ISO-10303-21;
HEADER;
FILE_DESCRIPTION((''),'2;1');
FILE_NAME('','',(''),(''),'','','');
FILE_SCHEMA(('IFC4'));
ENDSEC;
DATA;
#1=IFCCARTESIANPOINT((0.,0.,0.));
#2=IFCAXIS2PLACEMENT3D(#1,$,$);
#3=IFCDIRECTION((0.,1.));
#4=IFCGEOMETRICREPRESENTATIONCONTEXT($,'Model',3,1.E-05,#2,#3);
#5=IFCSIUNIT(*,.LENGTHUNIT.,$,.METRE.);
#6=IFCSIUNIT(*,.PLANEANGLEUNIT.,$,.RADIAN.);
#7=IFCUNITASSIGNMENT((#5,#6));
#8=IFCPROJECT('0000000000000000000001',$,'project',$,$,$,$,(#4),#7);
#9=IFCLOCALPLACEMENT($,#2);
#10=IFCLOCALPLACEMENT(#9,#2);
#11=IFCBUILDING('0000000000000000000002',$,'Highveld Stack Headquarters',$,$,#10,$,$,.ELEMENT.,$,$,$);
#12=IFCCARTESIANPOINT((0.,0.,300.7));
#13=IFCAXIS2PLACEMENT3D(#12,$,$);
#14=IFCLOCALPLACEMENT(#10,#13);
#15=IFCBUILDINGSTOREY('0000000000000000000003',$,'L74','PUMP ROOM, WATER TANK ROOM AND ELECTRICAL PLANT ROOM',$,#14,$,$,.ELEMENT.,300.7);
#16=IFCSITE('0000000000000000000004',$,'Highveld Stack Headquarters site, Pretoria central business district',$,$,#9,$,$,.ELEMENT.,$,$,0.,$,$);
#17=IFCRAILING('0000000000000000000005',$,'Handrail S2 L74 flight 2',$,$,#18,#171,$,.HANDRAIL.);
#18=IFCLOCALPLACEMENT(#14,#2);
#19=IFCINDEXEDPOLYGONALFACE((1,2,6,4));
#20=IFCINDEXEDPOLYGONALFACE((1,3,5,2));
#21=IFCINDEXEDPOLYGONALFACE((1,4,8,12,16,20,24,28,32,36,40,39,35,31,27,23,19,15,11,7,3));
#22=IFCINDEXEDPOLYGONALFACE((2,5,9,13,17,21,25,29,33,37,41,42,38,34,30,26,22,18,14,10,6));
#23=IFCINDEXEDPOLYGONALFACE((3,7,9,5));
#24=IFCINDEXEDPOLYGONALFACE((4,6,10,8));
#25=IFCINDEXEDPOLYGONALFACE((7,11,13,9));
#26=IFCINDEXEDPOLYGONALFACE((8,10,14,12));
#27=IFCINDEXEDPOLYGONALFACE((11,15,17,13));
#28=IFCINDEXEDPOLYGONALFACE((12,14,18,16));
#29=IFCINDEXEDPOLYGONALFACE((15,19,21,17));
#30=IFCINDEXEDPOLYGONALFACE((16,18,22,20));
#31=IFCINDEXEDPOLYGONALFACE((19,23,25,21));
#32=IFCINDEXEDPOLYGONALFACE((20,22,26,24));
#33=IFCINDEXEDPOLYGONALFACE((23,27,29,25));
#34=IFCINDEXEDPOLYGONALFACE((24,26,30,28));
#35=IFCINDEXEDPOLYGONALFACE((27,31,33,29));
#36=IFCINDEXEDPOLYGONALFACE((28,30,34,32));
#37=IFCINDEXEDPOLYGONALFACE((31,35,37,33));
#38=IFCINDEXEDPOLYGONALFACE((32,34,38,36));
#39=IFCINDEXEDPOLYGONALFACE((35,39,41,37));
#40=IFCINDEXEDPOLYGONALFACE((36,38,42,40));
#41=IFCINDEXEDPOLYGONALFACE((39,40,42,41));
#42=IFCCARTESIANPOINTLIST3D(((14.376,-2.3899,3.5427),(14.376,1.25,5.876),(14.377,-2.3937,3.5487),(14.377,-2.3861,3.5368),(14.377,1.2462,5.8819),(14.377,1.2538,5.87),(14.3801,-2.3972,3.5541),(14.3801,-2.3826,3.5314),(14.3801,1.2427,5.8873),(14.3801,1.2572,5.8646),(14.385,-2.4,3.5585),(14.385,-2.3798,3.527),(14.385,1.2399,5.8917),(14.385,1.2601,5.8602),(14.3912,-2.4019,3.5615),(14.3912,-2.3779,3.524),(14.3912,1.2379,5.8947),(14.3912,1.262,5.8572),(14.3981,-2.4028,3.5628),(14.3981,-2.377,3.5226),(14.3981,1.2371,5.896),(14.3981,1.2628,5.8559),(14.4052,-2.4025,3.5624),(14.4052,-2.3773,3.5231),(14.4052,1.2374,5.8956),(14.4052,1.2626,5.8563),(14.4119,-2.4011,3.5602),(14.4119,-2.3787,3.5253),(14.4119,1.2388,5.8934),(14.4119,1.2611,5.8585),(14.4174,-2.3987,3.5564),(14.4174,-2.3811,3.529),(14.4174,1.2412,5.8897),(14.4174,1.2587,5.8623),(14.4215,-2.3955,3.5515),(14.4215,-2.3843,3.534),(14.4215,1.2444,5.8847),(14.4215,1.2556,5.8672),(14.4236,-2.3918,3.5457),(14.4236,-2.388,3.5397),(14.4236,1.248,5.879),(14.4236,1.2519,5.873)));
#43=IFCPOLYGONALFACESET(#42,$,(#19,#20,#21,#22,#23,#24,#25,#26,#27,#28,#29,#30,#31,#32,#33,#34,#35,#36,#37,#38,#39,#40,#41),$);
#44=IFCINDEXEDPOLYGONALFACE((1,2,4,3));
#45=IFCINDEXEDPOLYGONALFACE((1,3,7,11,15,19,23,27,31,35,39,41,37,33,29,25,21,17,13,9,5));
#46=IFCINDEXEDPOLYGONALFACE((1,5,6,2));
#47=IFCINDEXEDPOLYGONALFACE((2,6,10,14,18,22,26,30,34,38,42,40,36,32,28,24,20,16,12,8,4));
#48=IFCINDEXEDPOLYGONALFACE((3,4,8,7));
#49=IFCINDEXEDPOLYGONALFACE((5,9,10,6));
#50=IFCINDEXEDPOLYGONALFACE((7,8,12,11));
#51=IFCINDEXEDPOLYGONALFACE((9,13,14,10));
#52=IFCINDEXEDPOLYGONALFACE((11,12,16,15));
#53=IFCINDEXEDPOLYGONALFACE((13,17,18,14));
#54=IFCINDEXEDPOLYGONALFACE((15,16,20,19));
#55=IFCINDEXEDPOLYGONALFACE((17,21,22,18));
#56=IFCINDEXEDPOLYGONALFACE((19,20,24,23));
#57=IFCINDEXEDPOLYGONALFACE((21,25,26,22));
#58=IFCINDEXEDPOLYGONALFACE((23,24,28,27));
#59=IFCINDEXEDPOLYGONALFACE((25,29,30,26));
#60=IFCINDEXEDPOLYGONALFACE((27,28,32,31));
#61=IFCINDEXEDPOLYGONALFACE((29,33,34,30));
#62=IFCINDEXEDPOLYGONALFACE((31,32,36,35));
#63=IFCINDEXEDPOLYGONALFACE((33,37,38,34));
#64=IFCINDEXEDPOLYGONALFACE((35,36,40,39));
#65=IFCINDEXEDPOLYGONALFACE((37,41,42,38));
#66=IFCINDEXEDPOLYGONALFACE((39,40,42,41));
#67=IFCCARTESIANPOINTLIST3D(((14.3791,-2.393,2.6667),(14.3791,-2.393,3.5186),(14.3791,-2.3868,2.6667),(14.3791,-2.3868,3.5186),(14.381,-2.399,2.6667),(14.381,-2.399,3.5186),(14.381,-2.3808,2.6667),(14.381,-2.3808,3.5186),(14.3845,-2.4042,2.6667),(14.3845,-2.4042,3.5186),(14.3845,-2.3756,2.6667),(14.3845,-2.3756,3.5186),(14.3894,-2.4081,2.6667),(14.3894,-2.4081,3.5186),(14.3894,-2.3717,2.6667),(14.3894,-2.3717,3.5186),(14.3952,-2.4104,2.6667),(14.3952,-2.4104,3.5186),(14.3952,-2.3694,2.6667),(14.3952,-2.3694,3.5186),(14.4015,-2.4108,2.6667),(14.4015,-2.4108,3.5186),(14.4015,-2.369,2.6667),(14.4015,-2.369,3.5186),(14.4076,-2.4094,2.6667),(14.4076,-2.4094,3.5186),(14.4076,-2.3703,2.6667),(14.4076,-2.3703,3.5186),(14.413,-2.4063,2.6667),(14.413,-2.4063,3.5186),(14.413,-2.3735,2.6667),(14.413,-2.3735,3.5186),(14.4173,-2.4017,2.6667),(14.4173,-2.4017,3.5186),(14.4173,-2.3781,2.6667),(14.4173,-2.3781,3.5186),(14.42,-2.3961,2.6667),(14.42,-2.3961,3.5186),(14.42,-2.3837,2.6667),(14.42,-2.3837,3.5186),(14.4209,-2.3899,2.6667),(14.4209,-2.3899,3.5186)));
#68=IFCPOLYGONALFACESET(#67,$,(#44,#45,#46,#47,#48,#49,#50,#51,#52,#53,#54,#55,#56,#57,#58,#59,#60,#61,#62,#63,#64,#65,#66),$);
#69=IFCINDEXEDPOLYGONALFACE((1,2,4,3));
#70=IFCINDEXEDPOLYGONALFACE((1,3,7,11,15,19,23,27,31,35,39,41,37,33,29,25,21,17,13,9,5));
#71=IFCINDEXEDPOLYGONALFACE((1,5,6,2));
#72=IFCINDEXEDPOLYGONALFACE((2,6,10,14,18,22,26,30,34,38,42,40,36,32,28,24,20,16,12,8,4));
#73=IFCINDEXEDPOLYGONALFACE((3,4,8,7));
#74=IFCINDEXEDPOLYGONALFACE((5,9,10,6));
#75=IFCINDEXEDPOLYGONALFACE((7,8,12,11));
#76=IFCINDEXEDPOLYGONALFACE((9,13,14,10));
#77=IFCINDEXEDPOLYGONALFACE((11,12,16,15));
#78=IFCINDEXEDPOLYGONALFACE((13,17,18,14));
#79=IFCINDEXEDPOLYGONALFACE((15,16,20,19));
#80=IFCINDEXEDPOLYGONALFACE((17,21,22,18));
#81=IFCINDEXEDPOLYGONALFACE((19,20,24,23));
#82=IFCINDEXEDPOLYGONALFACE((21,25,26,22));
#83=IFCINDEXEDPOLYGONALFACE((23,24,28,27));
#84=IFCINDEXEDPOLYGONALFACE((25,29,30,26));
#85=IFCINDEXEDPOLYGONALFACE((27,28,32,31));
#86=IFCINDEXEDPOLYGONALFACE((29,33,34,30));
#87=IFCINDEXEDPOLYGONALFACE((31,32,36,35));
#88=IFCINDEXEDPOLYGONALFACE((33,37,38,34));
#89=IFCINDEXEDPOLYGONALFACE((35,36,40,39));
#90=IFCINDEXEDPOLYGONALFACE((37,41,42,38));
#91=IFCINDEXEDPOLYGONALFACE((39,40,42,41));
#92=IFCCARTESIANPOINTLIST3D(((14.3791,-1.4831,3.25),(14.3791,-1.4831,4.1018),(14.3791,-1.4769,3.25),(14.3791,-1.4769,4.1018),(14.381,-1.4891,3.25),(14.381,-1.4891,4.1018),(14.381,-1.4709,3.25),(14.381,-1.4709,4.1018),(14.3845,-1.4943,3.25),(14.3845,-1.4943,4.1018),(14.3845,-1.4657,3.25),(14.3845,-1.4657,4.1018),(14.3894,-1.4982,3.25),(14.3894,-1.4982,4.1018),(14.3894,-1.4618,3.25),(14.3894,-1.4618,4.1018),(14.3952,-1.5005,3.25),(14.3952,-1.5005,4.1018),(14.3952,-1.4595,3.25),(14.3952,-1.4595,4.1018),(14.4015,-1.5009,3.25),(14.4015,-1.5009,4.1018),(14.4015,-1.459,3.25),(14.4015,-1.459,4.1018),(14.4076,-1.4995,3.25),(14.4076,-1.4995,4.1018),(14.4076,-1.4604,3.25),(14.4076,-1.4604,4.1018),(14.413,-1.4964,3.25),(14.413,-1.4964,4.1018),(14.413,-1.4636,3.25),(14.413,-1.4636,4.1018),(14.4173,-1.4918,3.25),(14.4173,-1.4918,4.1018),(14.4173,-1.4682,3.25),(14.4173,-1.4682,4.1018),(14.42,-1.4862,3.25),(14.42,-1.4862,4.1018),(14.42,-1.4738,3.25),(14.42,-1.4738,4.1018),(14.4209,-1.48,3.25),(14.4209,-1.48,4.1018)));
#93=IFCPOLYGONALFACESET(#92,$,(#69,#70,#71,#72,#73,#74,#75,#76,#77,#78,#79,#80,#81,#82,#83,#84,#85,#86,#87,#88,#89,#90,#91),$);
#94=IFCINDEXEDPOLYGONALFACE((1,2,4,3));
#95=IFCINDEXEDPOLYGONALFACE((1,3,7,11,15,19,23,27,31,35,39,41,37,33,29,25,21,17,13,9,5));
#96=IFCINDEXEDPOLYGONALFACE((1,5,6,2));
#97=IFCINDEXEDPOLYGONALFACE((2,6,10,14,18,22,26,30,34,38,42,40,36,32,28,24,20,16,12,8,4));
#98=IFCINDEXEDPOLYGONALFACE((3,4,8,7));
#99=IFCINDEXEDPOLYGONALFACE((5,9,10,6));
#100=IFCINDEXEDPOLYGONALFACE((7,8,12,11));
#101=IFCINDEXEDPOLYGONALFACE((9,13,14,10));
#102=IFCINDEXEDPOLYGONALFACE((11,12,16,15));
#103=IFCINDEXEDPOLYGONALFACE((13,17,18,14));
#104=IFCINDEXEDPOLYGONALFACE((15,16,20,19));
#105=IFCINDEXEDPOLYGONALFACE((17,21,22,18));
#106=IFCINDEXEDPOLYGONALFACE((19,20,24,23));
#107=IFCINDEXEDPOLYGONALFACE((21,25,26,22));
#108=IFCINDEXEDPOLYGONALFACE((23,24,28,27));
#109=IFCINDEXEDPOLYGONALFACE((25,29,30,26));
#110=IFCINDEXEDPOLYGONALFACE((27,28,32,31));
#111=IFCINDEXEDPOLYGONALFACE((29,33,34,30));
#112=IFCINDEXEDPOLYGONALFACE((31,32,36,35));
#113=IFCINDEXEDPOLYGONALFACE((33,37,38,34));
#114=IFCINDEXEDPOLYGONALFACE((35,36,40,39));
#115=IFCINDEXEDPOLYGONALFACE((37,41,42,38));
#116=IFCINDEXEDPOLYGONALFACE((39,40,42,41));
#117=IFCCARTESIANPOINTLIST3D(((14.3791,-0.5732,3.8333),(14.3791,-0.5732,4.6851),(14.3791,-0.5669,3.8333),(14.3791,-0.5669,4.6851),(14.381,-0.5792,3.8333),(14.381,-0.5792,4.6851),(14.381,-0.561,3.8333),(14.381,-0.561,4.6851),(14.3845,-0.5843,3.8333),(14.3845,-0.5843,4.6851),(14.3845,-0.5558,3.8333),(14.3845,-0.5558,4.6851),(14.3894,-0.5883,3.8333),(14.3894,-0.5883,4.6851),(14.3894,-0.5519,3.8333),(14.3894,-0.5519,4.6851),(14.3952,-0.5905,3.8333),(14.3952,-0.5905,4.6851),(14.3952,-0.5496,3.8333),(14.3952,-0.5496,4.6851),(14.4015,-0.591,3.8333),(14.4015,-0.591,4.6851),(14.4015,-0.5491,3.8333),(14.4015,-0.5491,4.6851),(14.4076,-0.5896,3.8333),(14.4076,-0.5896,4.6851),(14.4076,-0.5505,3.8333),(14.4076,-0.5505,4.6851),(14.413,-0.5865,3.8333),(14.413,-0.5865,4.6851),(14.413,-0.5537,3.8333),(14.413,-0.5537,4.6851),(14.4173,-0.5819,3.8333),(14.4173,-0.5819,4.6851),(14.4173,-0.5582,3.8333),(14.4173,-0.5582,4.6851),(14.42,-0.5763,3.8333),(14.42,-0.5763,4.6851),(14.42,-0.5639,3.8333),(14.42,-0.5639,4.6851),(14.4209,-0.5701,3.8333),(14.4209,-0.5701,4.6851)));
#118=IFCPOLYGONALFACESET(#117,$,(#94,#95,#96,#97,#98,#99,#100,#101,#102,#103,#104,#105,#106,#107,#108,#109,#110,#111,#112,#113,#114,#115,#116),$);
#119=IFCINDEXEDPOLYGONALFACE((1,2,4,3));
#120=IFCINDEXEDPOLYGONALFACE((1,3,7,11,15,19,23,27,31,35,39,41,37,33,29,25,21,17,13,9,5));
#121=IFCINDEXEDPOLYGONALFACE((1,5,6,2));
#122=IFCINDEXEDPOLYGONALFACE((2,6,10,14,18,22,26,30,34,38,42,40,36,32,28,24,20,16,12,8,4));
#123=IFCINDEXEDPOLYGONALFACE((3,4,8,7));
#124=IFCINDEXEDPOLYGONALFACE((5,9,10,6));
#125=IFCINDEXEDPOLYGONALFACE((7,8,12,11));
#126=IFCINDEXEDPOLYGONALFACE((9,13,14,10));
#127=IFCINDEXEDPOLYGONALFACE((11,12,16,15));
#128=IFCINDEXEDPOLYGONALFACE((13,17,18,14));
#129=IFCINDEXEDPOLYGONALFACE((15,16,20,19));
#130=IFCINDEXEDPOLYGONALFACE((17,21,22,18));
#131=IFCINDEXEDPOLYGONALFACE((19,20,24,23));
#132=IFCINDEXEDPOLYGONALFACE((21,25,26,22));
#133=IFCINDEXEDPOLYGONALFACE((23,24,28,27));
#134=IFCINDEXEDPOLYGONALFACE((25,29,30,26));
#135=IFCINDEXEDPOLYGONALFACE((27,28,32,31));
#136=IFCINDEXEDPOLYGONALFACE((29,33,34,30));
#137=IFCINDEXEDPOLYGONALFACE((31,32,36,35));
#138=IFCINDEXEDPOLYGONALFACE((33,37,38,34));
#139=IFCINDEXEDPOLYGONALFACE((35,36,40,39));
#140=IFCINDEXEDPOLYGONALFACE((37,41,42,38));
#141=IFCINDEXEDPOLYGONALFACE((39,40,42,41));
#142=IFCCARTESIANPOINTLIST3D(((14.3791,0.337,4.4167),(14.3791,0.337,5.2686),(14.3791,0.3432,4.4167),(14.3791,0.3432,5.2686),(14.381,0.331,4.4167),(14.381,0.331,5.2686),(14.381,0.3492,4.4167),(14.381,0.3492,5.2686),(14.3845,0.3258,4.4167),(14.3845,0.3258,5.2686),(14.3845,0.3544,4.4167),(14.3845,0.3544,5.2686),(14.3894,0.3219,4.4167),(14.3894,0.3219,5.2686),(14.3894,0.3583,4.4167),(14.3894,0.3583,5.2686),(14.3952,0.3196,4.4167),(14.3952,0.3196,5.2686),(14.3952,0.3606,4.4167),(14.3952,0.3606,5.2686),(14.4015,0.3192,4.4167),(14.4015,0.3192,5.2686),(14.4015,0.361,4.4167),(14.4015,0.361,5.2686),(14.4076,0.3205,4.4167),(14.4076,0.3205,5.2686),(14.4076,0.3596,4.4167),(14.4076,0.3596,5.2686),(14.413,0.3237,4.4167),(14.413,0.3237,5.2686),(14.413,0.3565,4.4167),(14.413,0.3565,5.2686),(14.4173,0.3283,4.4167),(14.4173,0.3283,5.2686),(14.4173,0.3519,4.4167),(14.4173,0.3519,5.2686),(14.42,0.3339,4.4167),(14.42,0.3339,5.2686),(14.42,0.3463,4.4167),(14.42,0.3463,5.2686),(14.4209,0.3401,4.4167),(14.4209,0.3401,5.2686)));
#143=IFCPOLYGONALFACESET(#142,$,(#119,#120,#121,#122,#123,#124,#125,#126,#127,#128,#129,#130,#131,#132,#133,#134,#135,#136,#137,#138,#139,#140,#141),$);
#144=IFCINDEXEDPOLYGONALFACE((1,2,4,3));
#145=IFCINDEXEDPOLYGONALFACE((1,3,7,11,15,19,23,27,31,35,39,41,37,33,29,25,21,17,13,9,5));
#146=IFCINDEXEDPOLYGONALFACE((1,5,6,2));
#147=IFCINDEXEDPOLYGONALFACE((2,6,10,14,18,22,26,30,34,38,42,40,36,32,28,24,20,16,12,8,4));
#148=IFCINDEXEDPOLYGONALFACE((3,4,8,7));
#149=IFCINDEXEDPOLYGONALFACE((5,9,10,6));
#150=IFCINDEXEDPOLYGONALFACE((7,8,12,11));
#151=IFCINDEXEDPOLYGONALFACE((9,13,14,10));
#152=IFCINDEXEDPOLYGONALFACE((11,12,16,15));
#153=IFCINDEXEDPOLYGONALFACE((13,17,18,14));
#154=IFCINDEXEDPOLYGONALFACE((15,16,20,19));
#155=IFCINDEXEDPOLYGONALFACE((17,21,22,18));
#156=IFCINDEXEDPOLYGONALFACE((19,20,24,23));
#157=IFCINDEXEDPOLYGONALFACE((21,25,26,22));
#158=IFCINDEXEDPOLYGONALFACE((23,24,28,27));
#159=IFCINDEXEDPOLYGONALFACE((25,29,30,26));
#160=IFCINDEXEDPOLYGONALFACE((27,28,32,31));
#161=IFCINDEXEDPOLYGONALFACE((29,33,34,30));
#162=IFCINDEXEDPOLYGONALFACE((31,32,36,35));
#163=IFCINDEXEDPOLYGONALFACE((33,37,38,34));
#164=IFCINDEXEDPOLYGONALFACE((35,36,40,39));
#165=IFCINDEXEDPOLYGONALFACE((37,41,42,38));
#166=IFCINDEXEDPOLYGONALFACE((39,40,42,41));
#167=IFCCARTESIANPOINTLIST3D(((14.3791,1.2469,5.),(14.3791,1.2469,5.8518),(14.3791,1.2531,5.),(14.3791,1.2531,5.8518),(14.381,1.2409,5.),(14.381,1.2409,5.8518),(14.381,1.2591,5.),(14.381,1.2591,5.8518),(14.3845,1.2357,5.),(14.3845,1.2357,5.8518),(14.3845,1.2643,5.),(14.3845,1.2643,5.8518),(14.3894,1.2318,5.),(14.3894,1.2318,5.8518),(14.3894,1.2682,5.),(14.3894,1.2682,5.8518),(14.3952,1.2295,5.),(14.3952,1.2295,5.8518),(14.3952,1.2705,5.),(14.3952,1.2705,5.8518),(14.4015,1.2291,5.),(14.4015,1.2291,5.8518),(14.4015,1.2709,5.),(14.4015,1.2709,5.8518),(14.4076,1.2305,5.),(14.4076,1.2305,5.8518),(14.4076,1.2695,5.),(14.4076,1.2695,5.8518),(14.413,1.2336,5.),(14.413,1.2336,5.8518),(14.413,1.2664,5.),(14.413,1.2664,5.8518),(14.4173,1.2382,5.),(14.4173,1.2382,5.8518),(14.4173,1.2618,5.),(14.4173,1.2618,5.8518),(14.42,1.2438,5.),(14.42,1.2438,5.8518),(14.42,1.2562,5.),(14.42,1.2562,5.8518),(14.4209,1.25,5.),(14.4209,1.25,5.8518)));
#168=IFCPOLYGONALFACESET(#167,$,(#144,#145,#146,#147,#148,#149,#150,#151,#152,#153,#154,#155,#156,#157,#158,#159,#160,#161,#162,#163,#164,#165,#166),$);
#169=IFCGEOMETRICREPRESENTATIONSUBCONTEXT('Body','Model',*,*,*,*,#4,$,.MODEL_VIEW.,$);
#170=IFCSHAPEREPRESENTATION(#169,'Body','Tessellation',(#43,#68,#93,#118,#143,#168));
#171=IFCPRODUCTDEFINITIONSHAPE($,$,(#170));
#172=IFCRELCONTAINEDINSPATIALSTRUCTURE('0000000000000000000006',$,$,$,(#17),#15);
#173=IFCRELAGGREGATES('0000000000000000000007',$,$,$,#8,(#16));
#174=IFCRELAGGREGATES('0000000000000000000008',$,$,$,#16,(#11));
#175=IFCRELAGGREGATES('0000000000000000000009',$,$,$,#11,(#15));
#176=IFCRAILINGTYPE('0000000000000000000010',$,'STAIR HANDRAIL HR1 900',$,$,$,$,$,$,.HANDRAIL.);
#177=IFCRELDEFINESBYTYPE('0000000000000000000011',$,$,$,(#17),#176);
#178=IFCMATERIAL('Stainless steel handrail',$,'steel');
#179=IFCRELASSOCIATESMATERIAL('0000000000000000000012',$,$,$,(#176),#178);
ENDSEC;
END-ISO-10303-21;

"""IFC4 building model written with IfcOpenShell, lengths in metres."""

from ifc_helpers import new_model, si_unit, direction, frame, origin, origin_2d, place, context, subcontext, project, spatial, circle, extrude, material, type_object, element, save


model = new_model("IFC4")

# Units and contexts
model_context = context("Model", 3, precision=1e-05, world=origin(), true_north=direction((0.0, 1.0)))
body_context = subcontext(model_context, "Body", "Model", "MODEL_VIEW")
ifc_project = project(units=[si_unit("LENGTHUNIT", "METRE"), si_unit("PLANEANGLEUNIT", "RADIAN")], contexts=[model_context])

# Site, building, storey
site_placement = place(None, origin())
site = spatial("IfcSite", under=ifc_project, at=site_placement, Name="Highveld Stack Headquarters site, Pretoria central business district", CompositionType="ELEMENT", RefElevation=0.0)
building_placement = place(site_placement, origin())
building = spatial("IfcBuilding", under=site, at=building_placement, Name="Highveld Stack Headquarters", CompositionType="ELEMENT")
storey_placement = place(building_placement, frame((0.0, 0.0, 300.7)))
storey = spatial("IfcBuildingStorey", under=building, at=storey_placement, Name="L74", Description="PUMP ROOM, WATER TANK ROOM AND ELECTRICAL PLANT ROOM", CompositionType="ELEMENT", Elevation=300.7)

# Railing
ifc_material_1 = material(Name="Stainless steel handrail", Category="steel")
railing_type = type_object("IfcRailingType", Name="STAIR HANDRAIL HR1 900", PredefinedType="HANDRAIL", material=ifc_material_1)
for number, where, name in (
    (1, (14.3999, -2.3899, 2.6667), "Handrail S2 L74 flight 2"),
):
    element("IfcRailing", number, at=place(storey_placement, frame(where)), inside=storey, type_object=railing_type, Name=name, PredefinedType="HANDRAIL", context=body_context, shape_type="SweptSolid", body=[
        extrude(circle(Radius=0.0239, at=origin_2d()), frame((0.0, 0.0, 0.876), z_axis=(0.0, 0.84188, 0.539664), x_axis=(-1.0, 0.0, 0.0)), (0.0, 0.0, 1.0), 4.3235),
        extrude(circle(Radius=0.021, at=origin_2d()), origin(), (0.0, 0.0, 1.0), 0.8518),
        extrude(circle(Radius=0.021, at=origin_2d()), frame((0.0, 0.9099, 0.5833)), (0.0, 0.0, 1.0), 0.8518),
        extrude(circle(Radius=0.021, at=origin_2d()), frame((0.0, 1.8198, 1.1665)), (0.0, 0.0, 1.0), 0.8518),
        extrude(circle(Radius=0.021, at=origin_2d()), frame((0.0, 2.73, 1.75)), (0.0, 0.0, 1.0), 0.8518),
        extrude(circle(Radius=0.021, at=origin_2d()), frame((0.0, 3.6399, 2.3333)), (0.0, 0.0, 1.0), 0.8518),
    ])

save(model, "model.ifc")
